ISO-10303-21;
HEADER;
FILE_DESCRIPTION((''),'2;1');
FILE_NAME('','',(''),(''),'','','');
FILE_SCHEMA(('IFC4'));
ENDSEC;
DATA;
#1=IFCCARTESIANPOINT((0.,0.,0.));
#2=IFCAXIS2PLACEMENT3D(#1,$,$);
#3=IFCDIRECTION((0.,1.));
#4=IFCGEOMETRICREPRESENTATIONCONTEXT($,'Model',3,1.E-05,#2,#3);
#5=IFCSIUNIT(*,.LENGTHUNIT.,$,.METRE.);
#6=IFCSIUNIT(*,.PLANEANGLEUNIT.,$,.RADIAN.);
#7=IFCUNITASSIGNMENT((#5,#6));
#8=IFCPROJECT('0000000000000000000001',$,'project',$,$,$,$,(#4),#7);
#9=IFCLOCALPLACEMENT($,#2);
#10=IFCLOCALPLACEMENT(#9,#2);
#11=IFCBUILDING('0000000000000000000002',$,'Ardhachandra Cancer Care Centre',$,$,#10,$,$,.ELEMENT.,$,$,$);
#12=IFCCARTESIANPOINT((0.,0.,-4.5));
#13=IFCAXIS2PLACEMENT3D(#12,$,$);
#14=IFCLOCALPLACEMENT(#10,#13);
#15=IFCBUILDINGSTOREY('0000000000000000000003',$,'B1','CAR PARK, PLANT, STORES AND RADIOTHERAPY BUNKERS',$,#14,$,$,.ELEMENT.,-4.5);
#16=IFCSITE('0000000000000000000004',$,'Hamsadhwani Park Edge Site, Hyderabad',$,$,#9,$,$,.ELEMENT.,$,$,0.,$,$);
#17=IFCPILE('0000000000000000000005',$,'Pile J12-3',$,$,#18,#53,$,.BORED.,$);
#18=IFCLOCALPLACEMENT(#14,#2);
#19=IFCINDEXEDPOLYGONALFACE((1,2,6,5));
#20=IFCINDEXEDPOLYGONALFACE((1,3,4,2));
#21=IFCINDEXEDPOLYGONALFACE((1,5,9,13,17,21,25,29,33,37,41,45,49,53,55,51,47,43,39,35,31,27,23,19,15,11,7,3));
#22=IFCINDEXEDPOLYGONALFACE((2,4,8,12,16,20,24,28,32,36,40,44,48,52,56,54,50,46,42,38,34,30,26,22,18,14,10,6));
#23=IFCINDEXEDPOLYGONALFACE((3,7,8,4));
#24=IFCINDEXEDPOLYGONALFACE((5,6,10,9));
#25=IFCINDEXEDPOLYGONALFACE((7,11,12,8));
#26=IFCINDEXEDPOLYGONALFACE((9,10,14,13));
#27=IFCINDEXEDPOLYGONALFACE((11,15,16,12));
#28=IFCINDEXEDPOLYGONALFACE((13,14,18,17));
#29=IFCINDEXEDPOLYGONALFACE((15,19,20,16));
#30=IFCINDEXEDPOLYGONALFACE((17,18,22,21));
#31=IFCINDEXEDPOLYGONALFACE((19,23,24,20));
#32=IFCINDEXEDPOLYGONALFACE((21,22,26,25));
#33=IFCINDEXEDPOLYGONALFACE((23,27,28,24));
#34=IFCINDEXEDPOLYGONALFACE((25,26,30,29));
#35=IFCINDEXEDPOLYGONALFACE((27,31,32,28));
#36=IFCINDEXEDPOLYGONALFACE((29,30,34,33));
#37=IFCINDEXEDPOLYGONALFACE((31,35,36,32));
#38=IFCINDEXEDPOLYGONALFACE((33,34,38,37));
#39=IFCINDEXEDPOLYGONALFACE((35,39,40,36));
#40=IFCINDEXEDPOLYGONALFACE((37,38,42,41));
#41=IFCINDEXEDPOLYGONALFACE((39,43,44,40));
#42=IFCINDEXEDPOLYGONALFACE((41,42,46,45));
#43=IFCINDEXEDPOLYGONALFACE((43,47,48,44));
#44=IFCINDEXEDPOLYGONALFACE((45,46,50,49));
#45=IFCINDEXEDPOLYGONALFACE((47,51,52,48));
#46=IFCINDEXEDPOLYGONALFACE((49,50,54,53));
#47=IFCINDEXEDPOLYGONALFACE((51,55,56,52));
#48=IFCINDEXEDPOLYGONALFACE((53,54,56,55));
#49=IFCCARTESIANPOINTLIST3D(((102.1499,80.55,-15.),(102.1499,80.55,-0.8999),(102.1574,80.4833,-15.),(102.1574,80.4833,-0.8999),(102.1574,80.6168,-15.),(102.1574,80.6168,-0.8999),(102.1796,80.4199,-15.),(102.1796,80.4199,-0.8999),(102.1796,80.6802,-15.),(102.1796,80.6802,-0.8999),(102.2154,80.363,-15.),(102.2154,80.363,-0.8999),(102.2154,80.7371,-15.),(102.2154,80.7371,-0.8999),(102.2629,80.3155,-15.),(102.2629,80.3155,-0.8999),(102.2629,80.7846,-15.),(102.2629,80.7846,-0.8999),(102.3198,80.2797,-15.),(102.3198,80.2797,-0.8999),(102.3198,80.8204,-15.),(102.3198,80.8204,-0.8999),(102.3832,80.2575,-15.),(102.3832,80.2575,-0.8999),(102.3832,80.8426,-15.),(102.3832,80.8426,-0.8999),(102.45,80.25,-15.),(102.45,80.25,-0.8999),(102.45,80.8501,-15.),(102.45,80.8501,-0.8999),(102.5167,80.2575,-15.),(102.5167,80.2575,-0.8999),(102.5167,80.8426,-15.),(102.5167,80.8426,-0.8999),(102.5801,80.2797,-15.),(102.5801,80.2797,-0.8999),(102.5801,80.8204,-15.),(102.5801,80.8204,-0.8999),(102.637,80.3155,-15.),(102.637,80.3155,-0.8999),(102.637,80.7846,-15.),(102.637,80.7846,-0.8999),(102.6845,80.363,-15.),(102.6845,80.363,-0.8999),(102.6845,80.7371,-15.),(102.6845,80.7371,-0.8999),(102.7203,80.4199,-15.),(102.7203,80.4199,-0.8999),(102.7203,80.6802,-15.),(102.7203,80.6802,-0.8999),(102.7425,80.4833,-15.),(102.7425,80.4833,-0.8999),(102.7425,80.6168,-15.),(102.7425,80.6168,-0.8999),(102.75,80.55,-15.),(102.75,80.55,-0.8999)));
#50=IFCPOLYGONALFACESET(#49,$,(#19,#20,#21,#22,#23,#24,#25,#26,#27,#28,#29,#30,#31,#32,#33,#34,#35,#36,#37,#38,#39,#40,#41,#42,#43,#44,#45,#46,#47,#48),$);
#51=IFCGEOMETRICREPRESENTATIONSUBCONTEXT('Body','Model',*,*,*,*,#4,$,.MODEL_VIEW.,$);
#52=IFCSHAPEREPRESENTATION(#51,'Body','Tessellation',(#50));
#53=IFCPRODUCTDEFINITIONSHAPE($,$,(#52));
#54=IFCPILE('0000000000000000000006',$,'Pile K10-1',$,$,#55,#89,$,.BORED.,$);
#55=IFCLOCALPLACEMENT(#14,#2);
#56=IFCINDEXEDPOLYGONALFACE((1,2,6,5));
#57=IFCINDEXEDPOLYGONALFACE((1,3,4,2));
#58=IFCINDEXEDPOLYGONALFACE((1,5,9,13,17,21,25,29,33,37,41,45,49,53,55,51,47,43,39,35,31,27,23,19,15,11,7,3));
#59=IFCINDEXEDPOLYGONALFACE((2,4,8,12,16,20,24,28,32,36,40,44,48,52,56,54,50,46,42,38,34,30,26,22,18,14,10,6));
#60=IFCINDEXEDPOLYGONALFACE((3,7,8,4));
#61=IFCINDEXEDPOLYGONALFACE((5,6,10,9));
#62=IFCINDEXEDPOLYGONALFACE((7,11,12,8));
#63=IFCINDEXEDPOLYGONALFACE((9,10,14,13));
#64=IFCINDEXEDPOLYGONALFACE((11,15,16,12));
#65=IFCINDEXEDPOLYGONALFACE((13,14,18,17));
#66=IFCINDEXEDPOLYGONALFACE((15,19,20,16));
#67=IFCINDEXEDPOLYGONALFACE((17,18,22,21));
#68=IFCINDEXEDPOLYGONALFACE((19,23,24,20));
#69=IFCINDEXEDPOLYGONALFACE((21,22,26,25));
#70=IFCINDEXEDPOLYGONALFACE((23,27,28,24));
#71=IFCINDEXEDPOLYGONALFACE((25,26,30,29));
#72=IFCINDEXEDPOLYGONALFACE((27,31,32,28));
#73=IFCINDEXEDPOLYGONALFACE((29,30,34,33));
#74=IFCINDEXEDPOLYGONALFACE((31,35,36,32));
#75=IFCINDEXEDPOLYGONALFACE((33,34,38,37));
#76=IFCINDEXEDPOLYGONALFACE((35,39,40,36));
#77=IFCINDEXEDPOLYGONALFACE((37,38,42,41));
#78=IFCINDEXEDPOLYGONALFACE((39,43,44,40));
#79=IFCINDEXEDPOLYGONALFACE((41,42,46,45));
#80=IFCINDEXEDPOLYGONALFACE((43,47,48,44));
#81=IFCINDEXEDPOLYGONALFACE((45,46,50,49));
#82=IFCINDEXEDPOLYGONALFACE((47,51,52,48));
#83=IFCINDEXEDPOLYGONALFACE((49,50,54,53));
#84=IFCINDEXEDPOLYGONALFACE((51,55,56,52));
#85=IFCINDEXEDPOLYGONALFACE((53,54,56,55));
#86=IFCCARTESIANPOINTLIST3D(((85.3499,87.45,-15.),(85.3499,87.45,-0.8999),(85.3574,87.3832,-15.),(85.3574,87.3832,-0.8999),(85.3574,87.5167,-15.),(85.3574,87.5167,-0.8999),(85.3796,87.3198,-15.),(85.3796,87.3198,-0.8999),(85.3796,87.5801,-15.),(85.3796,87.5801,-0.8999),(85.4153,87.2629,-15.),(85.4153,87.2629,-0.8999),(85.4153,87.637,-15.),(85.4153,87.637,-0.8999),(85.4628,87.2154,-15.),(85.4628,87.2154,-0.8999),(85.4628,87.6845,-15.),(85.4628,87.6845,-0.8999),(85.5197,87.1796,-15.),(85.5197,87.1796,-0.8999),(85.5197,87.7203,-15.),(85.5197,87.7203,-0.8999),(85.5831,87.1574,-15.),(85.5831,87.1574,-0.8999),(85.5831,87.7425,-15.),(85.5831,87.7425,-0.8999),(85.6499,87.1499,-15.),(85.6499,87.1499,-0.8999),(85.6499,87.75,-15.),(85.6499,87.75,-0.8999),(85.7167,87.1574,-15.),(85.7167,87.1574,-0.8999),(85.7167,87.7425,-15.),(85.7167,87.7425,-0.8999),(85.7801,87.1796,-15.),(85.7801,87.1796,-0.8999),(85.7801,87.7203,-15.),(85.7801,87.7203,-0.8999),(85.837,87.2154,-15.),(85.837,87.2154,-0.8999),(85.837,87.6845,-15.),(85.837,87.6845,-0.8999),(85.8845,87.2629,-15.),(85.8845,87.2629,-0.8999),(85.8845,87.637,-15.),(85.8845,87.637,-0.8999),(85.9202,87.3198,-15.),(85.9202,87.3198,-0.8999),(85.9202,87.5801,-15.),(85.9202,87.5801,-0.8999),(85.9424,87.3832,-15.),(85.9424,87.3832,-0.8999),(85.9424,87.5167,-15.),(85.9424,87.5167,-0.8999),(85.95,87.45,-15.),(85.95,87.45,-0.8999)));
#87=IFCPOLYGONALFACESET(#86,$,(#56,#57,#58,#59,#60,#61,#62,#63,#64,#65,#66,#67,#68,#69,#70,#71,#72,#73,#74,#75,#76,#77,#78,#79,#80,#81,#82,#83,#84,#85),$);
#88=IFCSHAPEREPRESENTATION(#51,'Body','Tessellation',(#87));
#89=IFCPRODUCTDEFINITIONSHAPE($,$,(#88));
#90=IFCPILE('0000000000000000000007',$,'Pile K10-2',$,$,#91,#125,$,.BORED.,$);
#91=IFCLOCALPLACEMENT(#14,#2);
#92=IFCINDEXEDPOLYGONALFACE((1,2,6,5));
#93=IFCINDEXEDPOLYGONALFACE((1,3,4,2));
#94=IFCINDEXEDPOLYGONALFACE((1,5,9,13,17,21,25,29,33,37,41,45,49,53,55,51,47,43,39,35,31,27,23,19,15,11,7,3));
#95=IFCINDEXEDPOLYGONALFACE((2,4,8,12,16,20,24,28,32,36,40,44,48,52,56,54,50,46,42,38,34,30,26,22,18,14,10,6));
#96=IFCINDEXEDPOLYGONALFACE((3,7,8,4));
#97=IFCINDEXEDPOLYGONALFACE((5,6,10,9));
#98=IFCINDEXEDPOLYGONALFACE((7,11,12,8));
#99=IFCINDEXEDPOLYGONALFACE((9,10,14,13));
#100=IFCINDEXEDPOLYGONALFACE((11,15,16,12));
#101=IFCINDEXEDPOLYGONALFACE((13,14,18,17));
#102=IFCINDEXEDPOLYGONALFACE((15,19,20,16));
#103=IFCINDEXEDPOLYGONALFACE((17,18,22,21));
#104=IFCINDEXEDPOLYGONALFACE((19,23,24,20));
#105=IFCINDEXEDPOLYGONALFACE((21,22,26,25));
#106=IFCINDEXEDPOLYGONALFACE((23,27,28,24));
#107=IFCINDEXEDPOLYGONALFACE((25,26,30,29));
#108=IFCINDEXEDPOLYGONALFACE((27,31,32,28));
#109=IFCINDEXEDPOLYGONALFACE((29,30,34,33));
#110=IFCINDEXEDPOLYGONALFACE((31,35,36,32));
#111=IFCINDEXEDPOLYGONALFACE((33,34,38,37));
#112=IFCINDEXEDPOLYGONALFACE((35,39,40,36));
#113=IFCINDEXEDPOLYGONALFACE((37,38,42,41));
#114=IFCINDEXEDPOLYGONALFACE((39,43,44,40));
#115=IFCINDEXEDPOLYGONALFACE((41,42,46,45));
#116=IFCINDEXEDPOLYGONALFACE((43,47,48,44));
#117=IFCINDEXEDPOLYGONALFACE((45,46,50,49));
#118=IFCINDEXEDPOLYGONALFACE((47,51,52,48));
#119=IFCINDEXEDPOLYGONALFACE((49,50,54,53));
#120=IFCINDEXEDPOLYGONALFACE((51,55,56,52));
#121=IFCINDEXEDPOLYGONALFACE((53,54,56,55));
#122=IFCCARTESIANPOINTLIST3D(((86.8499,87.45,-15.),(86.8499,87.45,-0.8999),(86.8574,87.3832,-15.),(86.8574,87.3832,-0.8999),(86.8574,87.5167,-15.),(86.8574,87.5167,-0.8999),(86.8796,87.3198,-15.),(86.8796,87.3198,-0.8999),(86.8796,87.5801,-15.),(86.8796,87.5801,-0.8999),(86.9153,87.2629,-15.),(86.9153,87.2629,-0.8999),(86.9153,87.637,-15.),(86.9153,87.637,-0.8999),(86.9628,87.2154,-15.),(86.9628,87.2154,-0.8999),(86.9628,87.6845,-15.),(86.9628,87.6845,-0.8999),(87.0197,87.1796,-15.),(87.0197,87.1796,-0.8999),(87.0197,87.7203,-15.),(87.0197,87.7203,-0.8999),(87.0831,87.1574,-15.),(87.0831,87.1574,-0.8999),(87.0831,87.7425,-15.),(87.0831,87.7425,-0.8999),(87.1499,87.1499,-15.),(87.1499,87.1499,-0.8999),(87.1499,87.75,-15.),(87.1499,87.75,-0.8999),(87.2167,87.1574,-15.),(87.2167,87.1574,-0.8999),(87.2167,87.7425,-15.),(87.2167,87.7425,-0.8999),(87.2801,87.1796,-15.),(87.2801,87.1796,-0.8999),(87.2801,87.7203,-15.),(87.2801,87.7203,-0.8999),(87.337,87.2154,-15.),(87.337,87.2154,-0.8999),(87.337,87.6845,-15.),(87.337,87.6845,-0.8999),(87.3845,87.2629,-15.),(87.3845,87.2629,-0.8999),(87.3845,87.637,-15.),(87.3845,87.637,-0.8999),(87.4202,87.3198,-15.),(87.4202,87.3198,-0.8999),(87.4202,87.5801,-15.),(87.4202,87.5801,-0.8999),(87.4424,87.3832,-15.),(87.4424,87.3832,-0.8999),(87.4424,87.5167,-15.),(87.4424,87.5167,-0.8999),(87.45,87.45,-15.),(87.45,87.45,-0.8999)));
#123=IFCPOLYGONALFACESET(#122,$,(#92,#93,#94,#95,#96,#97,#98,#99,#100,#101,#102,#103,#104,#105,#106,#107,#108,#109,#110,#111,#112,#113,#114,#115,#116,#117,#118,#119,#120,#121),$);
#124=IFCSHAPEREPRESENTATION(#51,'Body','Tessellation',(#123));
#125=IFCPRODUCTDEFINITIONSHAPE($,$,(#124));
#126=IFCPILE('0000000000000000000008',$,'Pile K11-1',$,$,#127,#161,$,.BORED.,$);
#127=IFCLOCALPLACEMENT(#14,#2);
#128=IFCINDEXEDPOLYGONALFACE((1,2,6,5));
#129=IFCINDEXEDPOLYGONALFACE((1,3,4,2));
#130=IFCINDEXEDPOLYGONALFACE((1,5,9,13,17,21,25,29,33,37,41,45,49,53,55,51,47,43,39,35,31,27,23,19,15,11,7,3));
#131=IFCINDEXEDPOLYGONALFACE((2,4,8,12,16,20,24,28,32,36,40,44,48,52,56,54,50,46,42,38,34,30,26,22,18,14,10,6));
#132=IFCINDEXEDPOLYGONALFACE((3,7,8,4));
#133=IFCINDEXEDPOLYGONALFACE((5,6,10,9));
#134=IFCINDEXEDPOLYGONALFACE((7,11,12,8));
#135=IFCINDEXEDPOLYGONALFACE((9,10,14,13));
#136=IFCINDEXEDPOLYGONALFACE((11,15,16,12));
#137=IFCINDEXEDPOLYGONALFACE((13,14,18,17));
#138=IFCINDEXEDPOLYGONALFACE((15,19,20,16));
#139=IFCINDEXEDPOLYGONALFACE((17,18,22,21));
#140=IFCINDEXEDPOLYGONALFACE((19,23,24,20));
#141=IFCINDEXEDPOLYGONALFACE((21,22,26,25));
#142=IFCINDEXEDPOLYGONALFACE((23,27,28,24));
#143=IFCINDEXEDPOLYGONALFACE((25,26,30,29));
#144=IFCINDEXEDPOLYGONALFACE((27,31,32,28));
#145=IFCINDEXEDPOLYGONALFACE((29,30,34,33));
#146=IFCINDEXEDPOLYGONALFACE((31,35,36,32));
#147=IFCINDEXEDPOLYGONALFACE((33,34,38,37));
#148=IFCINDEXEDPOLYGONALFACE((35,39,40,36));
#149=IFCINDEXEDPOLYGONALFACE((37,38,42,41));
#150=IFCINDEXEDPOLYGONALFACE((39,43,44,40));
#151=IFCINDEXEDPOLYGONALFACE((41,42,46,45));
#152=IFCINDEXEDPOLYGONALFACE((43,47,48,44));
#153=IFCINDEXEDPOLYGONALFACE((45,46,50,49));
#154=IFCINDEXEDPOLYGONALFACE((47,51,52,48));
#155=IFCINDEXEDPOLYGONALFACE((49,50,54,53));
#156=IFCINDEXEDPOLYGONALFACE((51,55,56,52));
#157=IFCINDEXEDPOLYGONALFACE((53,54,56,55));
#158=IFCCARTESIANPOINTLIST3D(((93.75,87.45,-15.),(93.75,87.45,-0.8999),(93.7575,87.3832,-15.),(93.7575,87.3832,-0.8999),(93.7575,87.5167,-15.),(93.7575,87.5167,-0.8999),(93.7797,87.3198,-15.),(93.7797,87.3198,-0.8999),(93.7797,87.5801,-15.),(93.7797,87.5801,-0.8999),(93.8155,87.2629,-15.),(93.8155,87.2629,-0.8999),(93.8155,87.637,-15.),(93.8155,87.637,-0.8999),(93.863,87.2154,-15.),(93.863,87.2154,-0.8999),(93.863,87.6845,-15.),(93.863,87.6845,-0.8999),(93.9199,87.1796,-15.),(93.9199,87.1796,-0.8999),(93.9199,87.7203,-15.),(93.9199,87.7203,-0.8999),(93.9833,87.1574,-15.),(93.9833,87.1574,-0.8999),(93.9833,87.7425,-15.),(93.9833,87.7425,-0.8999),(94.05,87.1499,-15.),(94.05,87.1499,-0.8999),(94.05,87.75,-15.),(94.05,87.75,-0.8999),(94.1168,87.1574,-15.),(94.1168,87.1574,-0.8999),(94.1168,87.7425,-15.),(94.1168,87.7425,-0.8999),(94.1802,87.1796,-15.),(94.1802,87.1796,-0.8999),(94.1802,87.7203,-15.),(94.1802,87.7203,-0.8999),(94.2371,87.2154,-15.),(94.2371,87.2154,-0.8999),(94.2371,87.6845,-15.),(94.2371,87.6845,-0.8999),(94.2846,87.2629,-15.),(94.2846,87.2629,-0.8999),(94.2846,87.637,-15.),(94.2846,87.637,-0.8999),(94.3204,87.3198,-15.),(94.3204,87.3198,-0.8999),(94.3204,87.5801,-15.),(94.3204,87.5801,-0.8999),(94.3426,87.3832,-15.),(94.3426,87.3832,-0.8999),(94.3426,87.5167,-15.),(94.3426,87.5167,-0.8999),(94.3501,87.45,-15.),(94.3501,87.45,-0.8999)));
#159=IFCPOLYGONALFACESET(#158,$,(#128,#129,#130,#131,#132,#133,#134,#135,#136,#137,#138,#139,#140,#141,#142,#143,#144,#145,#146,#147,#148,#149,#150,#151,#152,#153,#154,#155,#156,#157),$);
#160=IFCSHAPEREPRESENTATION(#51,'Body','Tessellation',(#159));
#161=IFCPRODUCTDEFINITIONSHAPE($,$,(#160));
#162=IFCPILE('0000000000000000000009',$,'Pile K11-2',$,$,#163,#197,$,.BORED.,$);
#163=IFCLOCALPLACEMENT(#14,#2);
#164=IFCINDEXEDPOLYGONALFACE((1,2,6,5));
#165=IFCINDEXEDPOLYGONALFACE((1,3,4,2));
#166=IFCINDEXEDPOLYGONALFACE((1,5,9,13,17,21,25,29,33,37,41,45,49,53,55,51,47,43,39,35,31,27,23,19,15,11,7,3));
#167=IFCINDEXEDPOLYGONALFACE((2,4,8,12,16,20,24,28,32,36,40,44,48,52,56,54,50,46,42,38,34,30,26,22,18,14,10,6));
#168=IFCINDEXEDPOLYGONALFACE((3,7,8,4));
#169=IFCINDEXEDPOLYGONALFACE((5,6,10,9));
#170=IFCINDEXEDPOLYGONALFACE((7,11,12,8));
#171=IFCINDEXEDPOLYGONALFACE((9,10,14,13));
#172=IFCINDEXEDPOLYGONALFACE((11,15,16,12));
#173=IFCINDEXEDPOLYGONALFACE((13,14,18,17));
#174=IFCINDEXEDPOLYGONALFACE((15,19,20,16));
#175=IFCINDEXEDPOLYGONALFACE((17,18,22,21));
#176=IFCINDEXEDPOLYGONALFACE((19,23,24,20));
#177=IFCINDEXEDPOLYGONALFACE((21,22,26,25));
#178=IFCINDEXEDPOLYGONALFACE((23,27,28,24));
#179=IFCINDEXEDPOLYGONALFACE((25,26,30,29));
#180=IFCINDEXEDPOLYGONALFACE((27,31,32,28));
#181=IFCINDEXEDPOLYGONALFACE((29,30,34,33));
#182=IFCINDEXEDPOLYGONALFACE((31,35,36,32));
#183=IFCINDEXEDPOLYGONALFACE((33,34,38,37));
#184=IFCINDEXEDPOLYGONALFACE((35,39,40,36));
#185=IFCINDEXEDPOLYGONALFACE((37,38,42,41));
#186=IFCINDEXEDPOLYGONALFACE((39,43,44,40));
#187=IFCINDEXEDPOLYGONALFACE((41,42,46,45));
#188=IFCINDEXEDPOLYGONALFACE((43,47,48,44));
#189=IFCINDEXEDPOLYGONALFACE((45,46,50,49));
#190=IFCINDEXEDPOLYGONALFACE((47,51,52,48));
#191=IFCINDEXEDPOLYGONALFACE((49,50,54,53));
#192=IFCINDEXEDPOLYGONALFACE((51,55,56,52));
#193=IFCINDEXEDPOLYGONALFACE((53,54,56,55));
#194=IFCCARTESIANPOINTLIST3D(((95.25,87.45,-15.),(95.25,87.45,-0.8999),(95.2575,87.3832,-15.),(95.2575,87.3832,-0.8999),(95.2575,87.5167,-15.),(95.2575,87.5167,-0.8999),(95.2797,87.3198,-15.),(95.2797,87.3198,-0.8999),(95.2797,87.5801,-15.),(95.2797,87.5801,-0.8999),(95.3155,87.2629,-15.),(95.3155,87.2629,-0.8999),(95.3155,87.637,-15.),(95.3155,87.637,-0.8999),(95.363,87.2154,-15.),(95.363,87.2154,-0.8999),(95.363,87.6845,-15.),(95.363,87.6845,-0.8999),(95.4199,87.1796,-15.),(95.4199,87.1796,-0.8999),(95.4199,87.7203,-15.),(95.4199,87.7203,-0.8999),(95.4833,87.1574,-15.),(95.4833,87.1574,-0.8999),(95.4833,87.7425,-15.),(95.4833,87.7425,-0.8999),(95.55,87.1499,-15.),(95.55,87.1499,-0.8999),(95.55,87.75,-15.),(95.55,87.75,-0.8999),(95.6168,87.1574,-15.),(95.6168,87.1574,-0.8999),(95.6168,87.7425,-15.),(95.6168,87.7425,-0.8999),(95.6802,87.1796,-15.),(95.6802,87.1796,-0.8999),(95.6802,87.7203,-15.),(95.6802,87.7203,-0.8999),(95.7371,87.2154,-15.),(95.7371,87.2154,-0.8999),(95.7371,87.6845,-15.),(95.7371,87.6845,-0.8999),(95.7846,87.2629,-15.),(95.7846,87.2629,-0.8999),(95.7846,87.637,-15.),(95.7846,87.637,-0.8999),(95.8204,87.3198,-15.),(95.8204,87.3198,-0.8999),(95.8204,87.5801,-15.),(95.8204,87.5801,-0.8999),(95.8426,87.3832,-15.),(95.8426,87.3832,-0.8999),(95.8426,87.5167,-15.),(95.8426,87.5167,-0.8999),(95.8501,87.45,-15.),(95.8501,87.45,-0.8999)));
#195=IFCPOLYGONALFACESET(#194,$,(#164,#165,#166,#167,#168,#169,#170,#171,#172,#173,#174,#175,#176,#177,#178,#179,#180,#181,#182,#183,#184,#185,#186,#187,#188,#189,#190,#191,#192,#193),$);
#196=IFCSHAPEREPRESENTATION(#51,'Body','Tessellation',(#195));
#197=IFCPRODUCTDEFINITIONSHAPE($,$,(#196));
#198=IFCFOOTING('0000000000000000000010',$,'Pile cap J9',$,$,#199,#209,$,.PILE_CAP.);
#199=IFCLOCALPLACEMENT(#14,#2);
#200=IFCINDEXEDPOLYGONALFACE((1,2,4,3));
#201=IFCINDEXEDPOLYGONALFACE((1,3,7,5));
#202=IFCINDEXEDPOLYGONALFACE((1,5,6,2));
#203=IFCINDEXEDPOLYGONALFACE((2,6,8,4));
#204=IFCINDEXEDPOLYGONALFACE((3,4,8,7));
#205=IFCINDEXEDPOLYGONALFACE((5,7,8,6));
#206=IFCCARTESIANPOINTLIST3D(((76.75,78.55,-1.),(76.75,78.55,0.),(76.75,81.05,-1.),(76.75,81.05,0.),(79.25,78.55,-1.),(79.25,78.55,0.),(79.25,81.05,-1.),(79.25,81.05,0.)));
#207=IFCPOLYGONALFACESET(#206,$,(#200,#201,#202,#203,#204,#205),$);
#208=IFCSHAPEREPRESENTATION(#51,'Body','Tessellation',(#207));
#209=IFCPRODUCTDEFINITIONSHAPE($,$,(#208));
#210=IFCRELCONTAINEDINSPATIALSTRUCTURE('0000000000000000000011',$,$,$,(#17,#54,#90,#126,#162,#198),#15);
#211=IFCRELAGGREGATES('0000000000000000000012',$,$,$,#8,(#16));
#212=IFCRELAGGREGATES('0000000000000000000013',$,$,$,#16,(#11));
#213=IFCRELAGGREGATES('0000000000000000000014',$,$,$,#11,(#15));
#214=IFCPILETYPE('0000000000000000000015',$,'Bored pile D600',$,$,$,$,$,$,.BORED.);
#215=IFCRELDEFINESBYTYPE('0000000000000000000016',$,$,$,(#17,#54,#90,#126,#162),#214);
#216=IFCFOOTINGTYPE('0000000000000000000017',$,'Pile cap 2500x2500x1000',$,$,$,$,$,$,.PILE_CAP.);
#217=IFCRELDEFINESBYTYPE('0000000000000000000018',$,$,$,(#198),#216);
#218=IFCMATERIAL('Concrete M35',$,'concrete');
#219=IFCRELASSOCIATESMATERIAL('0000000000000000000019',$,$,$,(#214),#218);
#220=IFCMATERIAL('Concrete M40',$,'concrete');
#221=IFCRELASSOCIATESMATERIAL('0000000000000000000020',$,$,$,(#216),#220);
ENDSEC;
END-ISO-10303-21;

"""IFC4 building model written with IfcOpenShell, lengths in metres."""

from ifc_helpers import new_model, si_unit, direction, frame, origin, origin_2d, place, context, subcontext, project, spatial, rectangle, circle, extrude, material, material_profile, profile_set, type_object, element, save


model = new_model("IFC4")

# Units and contexts
model_context = context("Model", 3, precision=1e-05, world=origin(), true_north=direction((0.0, 1.0)))
body_context = subcontext(model_context, "Body", "Model", "MODEL_VIEW")
ifc_project = project(units=[si_unit("LENGTHUNIT", "METRE"), si_unit("PLANEANGLEUNIT", "RADIAN")], contexts=[model_context])

# Site, building, storey
site_placement = place(None, origin())
site = spatial("IfcSite", under=ifc_project, at=site_placement, Name="Hamsadhwani Park Edge Site, Hyderabad", CompositionType="ELEMENT", RefElevation=0.0)
building_placement = place(site_placement, origin())
building = spatial("IfcBuilding", under=site, at=building_placement, Name="Ardhachandra Cancer Care Centre", CompositionType="ELEMENT")
storey_placement = place(building_placement, frame((0.0, 0.0, -4.5)))
storey = spatial("IfcBuildingStorey", under=building, at=storey_placement, Name="B1", Description="CAR PARK, PLANT, STORES AND RADIOTHERAPY BUNKERS", CompositionType="ELEMENT", Elevation=-4.5)

# Piles
ifc_material_1 = material(Name="Concrete M35", Category="concrete")
ifc_material_profile_1 = material_profile(ifc_material_1, circle(Radius=0.3, at=origin_2d()), Name="D600")
ifc_profile_set_1 = profile_set([ifc_material_profile_1], Name="Concrete M35")
pile_type = type_object("IfcPileType", Name="Bored pile D600", PredefinedType="BORED", material=ifc_profile_set_1)
for number, where, z_axis, x_axis, name in (
    (1, (102.45, 80.55, -0.8999), (0.0, 0.0, -1.0), (1.0, 0.0, 0.0), "Pile J12-3"),
    (2, (85.6499, 87.45, -0.8999), (0.0, 0.0, -1.0), (1.0, 0.0, 0.0), "Pile K10-1"),
    (3, (87.1499, 87.45, -0.8999), (0.0, 0.0, -1.0), (1.0, 0.0, 0.0), "Pile K10-2"),
    (4, (94.05, 87.45, -0.8999), (0.0, 0.0, -1.0), (1.0, 0.0, 0.0), "Pile K11-1"),
    (5, (95.55, 87.45, -0.8999), (0.0, 0.0, -1.0), (1.0, 0.0, 0.0), "Pile K11-2"),
):
    element("IfcPile", number, at=place(storey_placement, frame(where, z_axis=z_axis, x_axis=x_axis)), inside=storey, type_object=pile_type, Name=name, PredefinedType="BORED", context=body_context, shape_type="SweptSolid", body=[
        extrude(circle(Radius=0.3, at=origin_2d()), origin(), (0.0, 0.0, 1.0), 14.1001),
    ])

# Footing
ifc_material_2 = material(Name="Concrete M40", Category="concrete")
footing_type = type_object("IfcFootingType", Name="Pile cap 2500x2500x1000", PredefinedType="PILE_CAP", material=ifc_material_2)
for number, where, z_axis, x_axis, name in (
    (6, (78.0, 79.8, -1.0), (0.0, 0.0, 1.0), (1.0, 0.0, 0.0), "Pile cap J9"),
):
    element("IfcFooting", number, at=place(storey_placement, frame(where, z_axis=z_axis, x_axis=x_axis)), inside=storey, type_object=footing_type, Name=name, PredefinedType="PILE_CAP", context=body_context, shape_type="SweptSolid", body=[
        extrude(rectangle(XDim=2.5, YDim=2.5, at=origin_2d()), origin(), (0.0, 0.0, 1.0), 1.0),
    ])

save(model, "model.ifc")
